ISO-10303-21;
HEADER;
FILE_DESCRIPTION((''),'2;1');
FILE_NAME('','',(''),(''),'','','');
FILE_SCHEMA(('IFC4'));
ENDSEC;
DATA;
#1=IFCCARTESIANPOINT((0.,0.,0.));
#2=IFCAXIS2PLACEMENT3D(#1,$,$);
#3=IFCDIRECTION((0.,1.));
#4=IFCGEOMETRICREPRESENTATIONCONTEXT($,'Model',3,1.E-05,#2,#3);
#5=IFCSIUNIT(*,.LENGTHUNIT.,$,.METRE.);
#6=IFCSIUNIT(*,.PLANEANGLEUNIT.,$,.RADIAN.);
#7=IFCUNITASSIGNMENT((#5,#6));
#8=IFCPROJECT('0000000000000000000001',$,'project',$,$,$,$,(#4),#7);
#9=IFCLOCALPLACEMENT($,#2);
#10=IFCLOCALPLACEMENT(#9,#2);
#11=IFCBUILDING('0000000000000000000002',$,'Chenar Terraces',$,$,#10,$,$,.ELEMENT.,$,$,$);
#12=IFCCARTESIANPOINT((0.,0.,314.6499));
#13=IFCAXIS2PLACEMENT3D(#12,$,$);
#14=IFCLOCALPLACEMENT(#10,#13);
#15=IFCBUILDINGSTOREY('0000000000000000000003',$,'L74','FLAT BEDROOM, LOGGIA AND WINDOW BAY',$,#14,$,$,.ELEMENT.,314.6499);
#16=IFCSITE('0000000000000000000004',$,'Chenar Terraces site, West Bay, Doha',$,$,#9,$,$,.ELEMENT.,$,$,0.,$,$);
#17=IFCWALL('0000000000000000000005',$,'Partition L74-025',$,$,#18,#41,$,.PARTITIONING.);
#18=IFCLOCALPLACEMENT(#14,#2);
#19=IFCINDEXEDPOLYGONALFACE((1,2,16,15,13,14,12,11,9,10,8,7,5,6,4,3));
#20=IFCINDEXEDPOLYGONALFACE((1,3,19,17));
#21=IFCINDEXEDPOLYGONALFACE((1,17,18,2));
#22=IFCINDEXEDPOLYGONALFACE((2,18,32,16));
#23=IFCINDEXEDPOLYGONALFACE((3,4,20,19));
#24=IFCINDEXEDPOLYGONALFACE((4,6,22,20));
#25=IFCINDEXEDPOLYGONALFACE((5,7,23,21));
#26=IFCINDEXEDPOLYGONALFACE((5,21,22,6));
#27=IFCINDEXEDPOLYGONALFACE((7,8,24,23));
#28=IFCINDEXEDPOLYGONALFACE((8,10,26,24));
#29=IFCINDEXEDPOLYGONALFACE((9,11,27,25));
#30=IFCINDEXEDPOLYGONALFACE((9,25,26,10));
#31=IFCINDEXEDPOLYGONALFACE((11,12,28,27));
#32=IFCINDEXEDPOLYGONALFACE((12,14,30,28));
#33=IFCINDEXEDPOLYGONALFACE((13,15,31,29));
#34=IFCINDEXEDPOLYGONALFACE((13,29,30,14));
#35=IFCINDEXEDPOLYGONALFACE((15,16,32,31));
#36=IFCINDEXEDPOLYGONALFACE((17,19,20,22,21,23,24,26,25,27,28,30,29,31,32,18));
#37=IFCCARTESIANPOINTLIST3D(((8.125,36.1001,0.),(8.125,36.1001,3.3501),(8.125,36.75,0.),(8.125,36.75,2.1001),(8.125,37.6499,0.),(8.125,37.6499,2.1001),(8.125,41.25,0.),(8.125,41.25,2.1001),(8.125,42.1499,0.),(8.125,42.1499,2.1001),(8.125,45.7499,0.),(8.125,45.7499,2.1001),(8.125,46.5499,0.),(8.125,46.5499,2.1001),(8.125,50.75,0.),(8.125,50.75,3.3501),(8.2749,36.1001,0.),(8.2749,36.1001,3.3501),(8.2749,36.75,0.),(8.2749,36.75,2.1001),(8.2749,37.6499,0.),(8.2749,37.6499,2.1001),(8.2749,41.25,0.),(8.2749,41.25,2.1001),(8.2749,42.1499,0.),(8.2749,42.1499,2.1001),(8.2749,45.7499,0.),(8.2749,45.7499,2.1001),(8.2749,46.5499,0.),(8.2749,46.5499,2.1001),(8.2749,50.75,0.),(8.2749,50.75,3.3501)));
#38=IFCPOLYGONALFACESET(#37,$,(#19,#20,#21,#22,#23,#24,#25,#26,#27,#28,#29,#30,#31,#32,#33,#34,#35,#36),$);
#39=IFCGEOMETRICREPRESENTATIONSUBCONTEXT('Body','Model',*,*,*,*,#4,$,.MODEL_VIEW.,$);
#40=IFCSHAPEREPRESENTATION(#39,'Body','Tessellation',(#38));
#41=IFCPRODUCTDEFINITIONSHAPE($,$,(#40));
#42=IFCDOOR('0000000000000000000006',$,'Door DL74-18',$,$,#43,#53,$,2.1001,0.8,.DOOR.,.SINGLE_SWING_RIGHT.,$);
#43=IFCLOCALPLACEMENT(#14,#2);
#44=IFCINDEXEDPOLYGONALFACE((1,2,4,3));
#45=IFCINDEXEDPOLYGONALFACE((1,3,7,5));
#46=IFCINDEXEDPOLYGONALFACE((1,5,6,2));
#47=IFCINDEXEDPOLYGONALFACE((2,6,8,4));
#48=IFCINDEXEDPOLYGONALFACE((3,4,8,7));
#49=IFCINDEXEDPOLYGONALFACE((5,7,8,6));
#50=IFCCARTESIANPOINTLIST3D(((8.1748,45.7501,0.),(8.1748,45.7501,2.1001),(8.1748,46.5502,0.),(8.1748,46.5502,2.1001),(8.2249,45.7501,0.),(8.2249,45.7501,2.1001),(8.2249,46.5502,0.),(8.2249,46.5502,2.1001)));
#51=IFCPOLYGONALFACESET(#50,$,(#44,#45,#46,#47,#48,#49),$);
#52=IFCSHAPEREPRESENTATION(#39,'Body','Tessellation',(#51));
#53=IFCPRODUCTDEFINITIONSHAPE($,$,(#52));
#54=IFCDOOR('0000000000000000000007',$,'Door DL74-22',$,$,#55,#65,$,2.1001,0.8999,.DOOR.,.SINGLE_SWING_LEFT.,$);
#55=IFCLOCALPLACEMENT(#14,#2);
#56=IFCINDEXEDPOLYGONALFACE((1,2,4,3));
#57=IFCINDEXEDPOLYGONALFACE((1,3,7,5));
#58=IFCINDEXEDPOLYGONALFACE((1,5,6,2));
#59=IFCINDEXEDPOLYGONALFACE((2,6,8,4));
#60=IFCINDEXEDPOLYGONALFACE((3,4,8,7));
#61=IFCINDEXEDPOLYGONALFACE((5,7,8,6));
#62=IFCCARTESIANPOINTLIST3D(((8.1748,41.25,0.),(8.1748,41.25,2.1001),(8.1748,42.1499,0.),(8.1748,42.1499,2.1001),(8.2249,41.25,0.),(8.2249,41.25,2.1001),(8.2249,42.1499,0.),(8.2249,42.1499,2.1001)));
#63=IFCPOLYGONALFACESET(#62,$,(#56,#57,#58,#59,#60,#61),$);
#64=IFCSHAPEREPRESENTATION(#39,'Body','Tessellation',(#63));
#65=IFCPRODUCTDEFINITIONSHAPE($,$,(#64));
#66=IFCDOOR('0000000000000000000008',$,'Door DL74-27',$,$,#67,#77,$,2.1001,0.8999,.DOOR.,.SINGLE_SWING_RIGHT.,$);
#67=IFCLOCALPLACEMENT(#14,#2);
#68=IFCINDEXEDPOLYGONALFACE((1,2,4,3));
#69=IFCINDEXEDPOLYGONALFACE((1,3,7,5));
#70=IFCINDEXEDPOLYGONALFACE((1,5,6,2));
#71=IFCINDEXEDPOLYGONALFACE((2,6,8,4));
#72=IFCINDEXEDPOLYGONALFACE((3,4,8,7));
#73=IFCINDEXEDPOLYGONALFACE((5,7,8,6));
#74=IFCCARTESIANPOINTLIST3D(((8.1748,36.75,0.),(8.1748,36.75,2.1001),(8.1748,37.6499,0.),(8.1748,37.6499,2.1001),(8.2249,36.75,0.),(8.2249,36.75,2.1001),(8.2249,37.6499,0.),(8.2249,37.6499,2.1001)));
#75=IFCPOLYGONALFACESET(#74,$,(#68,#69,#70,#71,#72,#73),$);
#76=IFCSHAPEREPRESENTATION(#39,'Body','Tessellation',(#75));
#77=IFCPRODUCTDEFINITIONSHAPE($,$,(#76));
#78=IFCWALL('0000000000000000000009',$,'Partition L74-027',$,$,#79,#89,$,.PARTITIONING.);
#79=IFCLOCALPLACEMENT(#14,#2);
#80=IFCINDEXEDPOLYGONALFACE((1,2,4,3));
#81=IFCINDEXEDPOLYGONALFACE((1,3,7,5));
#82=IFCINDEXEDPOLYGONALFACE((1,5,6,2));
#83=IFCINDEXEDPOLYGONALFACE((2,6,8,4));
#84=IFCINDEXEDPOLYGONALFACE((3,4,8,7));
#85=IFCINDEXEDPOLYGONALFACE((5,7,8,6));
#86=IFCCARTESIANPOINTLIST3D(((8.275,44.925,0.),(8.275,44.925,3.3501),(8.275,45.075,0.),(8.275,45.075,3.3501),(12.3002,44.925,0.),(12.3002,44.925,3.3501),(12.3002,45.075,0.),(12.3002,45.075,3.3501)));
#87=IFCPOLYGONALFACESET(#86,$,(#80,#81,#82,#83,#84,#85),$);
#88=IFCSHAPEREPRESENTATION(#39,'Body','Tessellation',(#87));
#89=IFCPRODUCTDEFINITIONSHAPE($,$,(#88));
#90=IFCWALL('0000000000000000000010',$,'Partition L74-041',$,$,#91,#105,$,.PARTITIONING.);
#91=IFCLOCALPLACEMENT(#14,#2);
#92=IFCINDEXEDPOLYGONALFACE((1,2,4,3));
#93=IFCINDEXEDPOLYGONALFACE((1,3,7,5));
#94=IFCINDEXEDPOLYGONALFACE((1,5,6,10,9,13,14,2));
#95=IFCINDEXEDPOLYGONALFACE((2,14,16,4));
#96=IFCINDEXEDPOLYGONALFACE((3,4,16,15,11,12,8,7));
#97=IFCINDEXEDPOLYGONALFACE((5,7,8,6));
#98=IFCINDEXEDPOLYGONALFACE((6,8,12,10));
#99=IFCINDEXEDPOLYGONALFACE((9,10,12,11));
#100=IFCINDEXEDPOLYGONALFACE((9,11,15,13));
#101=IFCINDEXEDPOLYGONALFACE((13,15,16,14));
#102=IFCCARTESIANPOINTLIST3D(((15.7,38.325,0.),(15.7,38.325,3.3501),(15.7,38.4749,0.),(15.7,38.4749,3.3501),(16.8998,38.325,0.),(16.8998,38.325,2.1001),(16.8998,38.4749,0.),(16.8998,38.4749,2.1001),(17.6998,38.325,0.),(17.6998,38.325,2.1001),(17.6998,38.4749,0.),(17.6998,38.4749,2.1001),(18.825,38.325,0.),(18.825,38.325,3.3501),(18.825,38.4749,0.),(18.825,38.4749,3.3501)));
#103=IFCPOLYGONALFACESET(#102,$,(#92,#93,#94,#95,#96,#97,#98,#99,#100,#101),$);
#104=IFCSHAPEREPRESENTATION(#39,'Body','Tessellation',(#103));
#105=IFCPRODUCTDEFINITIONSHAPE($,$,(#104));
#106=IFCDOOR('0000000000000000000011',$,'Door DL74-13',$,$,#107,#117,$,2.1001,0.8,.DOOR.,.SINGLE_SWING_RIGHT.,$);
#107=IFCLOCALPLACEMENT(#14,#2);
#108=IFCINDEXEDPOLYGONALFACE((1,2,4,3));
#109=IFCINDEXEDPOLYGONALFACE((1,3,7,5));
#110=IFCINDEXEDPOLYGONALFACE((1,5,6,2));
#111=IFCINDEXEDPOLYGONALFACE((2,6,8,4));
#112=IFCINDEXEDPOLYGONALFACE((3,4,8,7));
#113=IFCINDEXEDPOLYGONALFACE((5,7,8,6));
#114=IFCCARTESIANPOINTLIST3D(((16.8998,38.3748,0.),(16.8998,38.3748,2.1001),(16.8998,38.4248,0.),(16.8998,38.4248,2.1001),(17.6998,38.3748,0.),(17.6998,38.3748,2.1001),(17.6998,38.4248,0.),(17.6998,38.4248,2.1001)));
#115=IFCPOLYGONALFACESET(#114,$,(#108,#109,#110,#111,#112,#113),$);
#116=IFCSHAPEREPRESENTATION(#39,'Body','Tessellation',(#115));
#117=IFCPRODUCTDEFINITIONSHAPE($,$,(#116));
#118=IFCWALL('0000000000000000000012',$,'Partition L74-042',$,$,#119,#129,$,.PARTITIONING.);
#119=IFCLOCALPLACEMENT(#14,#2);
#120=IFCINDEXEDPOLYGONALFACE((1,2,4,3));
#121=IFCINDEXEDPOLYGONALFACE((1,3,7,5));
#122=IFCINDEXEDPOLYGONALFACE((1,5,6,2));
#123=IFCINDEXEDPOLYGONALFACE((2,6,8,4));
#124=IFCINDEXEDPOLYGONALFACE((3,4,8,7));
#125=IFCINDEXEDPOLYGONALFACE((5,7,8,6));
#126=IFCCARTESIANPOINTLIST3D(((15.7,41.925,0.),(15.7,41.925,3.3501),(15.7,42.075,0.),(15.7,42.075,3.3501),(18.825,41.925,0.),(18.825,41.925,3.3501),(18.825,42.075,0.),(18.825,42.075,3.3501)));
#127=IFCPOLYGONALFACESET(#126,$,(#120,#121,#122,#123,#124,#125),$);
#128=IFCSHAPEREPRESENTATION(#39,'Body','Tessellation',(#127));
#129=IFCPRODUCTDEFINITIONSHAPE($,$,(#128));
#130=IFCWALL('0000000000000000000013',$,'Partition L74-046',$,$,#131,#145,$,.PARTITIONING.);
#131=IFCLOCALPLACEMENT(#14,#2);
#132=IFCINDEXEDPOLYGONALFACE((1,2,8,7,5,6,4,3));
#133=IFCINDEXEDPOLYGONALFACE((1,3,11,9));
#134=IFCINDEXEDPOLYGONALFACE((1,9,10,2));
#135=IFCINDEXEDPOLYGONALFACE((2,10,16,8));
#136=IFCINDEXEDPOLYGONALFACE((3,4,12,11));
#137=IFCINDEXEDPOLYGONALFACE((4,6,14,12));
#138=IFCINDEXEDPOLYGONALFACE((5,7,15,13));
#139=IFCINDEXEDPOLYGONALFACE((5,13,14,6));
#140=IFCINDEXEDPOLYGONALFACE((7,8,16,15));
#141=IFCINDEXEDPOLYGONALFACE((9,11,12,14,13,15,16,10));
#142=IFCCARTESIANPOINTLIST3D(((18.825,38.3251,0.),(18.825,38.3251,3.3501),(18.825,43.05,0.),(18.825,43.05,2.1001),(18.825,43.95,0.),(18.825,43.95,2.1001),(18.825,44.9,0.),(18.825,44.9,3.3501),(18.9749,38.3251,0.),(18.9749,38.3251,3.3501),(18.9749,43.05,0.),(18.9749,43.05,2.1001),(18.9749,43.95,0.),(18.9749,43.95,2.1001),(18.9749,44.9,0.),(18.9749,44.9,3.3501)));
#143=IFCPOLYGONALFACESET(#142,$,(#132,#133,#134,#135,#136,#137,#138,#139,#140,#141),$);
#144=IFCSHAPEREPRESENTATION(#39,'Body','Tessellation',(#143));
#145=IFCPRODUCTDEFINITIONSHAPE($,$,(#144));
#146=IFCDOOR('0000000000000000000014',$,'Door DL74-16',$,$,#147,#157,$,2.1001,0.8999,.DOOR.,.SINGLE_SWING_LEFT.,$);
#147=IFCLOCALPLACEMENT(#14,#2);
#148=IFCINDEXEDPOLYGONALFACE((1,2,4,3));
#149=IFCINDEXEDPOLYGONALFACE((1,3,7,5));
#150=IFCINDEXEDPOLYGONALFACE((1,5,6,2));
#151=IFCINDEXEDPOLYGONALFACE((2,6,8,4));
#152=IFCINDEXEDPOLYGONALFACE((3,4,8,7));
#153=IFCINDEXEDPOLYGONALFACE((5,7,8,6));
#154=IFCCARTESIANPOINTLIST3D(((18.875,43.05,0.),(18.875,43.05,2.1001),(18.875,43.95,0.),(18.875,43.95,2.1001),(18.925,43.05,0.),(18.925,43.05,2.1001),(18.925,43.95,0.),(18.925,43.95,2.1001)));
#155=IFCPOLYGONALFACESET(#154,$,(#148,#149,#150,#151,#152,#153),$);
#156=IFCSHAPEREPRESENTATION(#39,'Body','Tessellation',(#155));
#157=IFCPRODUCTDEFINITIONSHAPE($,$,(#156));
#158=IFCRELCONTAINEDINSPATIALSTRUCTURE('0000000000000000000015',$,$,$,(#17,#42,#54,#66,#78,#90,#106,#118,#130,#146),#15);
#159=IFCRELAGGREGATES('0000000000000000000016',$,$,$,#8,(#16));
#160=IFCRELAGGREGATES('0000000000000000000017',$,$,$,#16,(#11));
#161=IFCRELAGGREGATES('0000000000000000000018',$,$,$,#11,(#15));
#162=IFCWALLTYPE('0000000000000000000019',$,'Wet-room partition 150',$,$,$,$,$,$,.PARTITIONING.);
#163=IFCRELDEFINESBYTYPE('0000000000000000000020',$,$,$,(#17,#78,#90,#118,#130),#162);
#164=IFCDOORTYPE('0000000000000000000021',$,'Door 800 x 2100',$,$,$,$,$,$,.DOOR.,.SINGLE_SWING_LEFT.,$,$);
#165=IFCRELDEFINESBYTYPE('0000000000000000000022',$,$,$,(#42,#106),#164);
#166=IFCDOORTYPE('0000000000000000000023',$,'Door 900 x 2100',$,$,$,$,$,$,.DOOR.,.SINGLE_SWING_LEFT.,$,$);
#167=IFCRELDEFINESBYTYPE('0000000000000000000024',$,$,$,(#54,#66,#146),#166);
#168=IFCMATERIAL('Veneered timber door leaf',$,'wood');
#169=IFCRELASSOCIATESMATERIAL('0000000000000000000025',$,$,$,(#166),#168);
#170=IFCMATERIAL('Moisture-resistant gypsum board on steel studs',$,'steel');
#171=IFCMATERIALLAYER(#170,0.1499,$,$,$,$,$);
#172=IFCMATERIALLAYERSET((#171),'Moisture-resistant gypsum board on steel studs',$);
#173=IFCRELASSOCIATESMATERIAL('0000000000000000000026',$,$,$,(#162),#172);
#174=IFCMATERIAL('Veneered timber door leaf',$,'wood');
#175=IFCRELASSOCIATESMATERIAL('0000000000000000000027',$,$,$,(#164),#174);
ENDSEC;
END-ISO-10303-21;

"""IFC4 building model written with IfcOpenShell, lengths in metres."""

from ifc_helpers import new_model, si_unit, direction, frame, frame_2d, origin, place, context, subcontext, project, spatial, rectangle, extrude, material, layer, layer_set, type_object, element, fill, save


model = new_model("IFC4")

# Units and contexts
model_context = context("Model", 3, precision=1e-05, world=origin(), true_north=direction((0.0, 1.0)))
body_context = subcontext(model_context, "Body", "Model", "MODEL_VIEW")
ifc_project = project(units=[si_unit("LENGTHUNIT", "METRE"), si_unit("PLANEANGLEUNIT", "RADIAN")], contexts=[model_context])

# Site, building, storey
site_placement = place(None, origin())
site = spatial("IfcSite", under=ifc_project, at=site_placement, Name="Chenar Terraces site, West Bay, Doha", CompositionType="ELEMENT", RefElevation=0.0)
building_placement = place(site_placement, origin())
building = spatial("IfcBuilding", under=site, at=building_placement, Name="Chenar Terraces", CompositionType="ELEMENT")
storey_placement = place(building_placement, frame((0.0, 0.0, 314.6499)))
storey = spatial("IfcBuildingStorey", under=building, at=storey_placement, Name="L74", Description="FLAT BEDROOM, LOGGIA AND WINDOW BAY", CompositionType="ELEMENT", Elevation=314.6499)

# Shared definitions
ifc_material_1 = material(Name="Veneered timber door leaf", Category="wood")
door_type_1 = type_object("IfcDoorType", Name="Door 900 x 2100", OperationType="SINGLE_SWING_LEFT", PredefinedType="DOOR", material=ifc_material_1)

# Shared definitions
ifc_material_2 = material(Name="Moisture-resistant gypsum board on steel studs", Category="steel")
ifc_layer_1 = layer(ifc_material_2, 0.1499)
ifc_layer_set_1 = layer_set([ifc_layer_1], Name="Moisture-resistant gypsum board on steel studs")
wall_type_1 = type_object("IfcWallType", Name="Wet-room partition 150", PredefinedType="PARTITIONING", material=ifc_layer_set_1)

# Wall, openings, doors
wall_1_placement = place(storey_placement, frame((8.2, 36.1001, 0.0), z_axis=(0.0, 0.0, 1.0), x_axis=(0.0, 1.0, 0.0)))
wall_1 = element("IfcWall", 1, at=wall_1_placement, inside=storey, type_object=wall_type_1, Name="Partition L74-025", PredefinedType="PARTITIONING", context=body_context, shape_type="SweptSolid", body=[
    extrude(rectangle(XDim=14.6499, YDim=0.1499, at=frame_2d((7.325, 0.0))), origin(), (0.0, 0.0, 1.0), 3.3501),
])
opening_1_placement = place(wall_1_placement, frame((9.6499, 0.0, 0.0)))
opening_1 = element("IfcOpeningElement", 2, at=opening_1_placement, cuts=wall_1, PredefinedType="OPENING", context=body_context, shape_type="SweptSolid", body=[
    extrude(rectangle(XDim=0.8, YDim=2.1001, at=frame_2d((0.3999, 1.05))), frame((0.0, 0.085, 0.0), z_axis=(0.0, -1.0, 0.0), x_axis=(1.0, 0.0, 0.0)), (0.0, 0.0, 1.0), 0.1699),
])
opening_2_placement = place(wall_1_placement, frame((5.1499, 0.0, 0.0)))
opening_2 = element("IfcOpeningElement", 3, at=opening_2_placement, cuts=wall_1, PredefinedType="OPENING", context=body_context, shape_type="SweptSolid", body=[
    extrude(rectangle(XDim=0.8999, YDim=2.1001, at=frame_2d((0.45, 1.05))), frame((0.0, 0.085, 0.0), z_axis=(0.0, -1.0, 0.0), x_axis=(1.0, 0.0, 0.0)), (0.0, 0.0, 1.0), 0.1699),
])
opening_3_placement = place(wall_1_placement, frame((0.6499, 0.0, 0.0)))
opening_3 = element("IfcOpeningElement", 4, at=opening_3_placement, cuts=wall_1, PredefinedType="OPENING", context=body_context, shape_type="SweptSolid", body=[
    extrude(rectangle(XDim=0.8999, YDim=2.1001, at=frame_2d((0.45, 1.05))), frame((0.0, 0.085, 0.0), z_axis=(0.0, -1.0, 0.0), x_axis=(1.0, 0.0, 0.0)), (0.0, 0.0, 1.0), 0.1699),
])
ifc_material_3 = material(Name="Veneered timber door leaf", Category="wood")
door_type_2 = type_object("IfcDoorType", Name="Door 800 x 2100", OperationType="SINGLE_SWING_LEFT", PredefinedType="DOOR", material=ifc_material_3)
door_1_placement = place(opening_1_placement, frame((0.8, 0.0, 0.0), z_axis=(0.0, 0.0, 1.0), x_axis=(-1.0, 0.0, 0.0)))
door_1 = element("IfcDoor", 5, at=door_1_placement, inside=storey, type_object=door_type_2, Name="Door DL74-18", OperationType="SINGLE_SWING_RIGHT", OverallHeight=2.1001, OverallWidth=0.8, PredefinedType="DOOR", context=body_context, shape_type="SweptSolid", body=[
    extrude(rectangle(XDim=0.8, YDim=2.1001, at=frame_2d((0.3999, 1.05))), frame((0.0, 0.0249, 0.0), z_axis=(0.0, -1.0, 0.0), x_axis=(1.0, 0.0, 0.0)), (0.0, 0.0, 1.0), 0.05),
])
fill(opening_1, door_1)
door_2_placement = place(opening_2_placement, frame((0.8999, 0.0, 0.0), z_axis=(0.0, 0.0, 1.0), x_axis=(-1.0, 0.0, 0.0)))
door_2 = element("IfcDoor", 6, at=door_2_placement, inside=storey, type_object=door_type_1, Name="Door DL74-22", OperationType="SINGLE_SWING_LEFT", OverallHeight=2.1001, OverallWidth=0.8999, PredefinedType="DOOR", context=body_context, shape_type="SweptSolid", body=[
    extrude(rectangle(XDim=0.8999, YDim=2.1001, at=frame_2d((0.45, 1.05))), frame((0.0, 0.0249, 0.0), z_axis=(0.0, -1.0, 0.0), x_axis=(1.0, 0.0, 0.0)), (0.0, 0.0, 1.0), 0.05),
])
fill(opening_2, door_2)
door_3_placement = place(opening_3_placement, frame((0.8999, 0.0, 0.0), z_axis=(0.0, 0.0, 1.0), x_axis=(-1.0, 0.0, 0.0)))
door_3 = element("IfcDoor", 7, at=door_3_placement, inside=storey, type_object=door_type_1, Name="Door DL74-27", OperationType="SINGLE_SWING_RIGHT", OverallHeight=2.1001, OverallWidth=0.8999, PredefinedType="DOOR", context=body_context, shape_type="SweptSolid", body=[
    extrude(rectangle(XDim=0.8999, YDim=2.1001, at=frame_2d((0.45, 1.05))), frame((0.0, 0.0249, 0.0), z_axis=(0.0, -1.0, 0.0), x_axis=(1.0, 0.0, 0.0)), (0.0, 0.0, 1.0), 0.05),
])
fill(opening_3, door_3)

# Wall
wall_2_placement = place(storey_placement, frame((8.2749, 45.0, 0.0), z_axis=(0.0, 0.0, 1.0), x_axis=(1.0, 0.0, 0.0)))
element("IfcWall", 8, at=wall_2_placement, inside=storey, type_object=wall_type_1, Name="Partition L74-027", PredefinedType="PARTITIONING", context=body_context, shape_type="SweptSolid", body=[
    extrude(rectangle(XDim=4.0251, YDim=0.1499, at=frame_2d((2.0127, 0.0))), origin(), (0.0, 0.0, 1.0), 3.3501),
])

# Wall, opening, door
wall_3_placement = place(storey_placement, frame((15.7, 38.3999, 0.0), z_axis=(0.0, 0.0, 1.0), x_axis=(1.0, 0.0, 0.0)))
wall_3 = element("IfcWall", 9, at=wall_3_placement, inside=storey, type_object=wall_type_1, Name="Partition L74-041", PredefinedType="PARTITIONING", context=body_context, shape_type="SweptSolid", body=[
    extrude(rectangle(XDim=3.125, YDim=0.1499, at=frame_2d((1.5625, 0.0))), origin(), (0.0, 0.0, 1.0), 3.3501),
])
opening_4_placement = place(wall_3_placement, frame((1.2, 0.0, 0.0)))
opening_4 = element("IfcOpeningElement", 10, at=opening_4_placement, cuts=wall_3, PredefinedType="OPENING", context=body_context, shape_type="SweptSolid", body=[
    extrude(rectangle(XDim=0.8, YDim=2.1001, at=frame_2d((0.3999, 1.05))), frame((0.0, 0.085, 0.0), z_axis=(0.0, -1.0, 0.0), x_axis=(1.0, 0.0, 0.0)), (0.0, 0.0, 1.0), 0.1699),
])
door_4_placement = place(opening_4_placement, origin())
door_4 = element("IfcDoor", 11, at=door_4_placement, inside=storey, type_object=door_type_2, Name="Door DL74-13", OperationType="SINGLE_SWING_RIGHT", OverallHeight=2.1001, OverallWidth=0.8, PredefinedType="DOOR", context=body_context, shape_type="SweptSolid", body=[
    extrude(rectangle(XDim=0.8, YDim=2.1001, at=frame_2d((0.3999, 1.05))), frame((0.0, 0.0249, 0.0), z_axis=(0.0, -1.0, 0.0), x_axis=(1.0, 0.0, 0.0)), (0.0, 0.0, 1.0), 0.05),
])
fill(opening_4, door_4)

# Wall
wall_4_placement = place(storey_placement, frame((15.7, 42.0, 0.0), z_axis=(0.0, 0.0, 1.0), x_axis=(1.0, 0.0, 0.0)))
element("IfcWall", 12, at=wall_4_placement, inside=storey, type_object=wall_type_1, Name="Partition L74-042", PredefinedType="PARTITIONING", context=body_context, shape_type="SweptSolid", body=[
    extrude(rectangle(XDim=3.125, YDim=0.1499, at=frame_2d((1.5625, 0.0))), origin(), (0.0, 0.0, 1.0), 3.3501),
])

# Wall, opening, door
wall_5_placement = place(storey_placement, frame((18.8999, 38.325, 0.0), z_axis=(0.0, 0.0, 1.0), x_axis=(0.0, 1.0, 0.0)))
wall_5 = element("IfcWall", 13, at=wall_5_placement, inside=storey, type_object=wall_type_1, Name="Partition L74-046", PredefinedType="PARTITIONING", context=body_context, shape_type="SweptSolid", body=[
    extrude(rectangle(XDim=6.575, YDim=0.1499, at=frame_2d((3.2876, 0.0))), origin(), (0.0, 0.0, 1.0), 3.3501),
])
opening_5_placement = place(wall_5_placement, frame((4.7251, 0.0, 0.0)))
opening_5 = element("IfcOpeningElement", 14, at=opening_5_placement, cuts=wall_5, PredefinedType="OPENING", context=body_context, shape_type="SweptSolid", body=[
    extrude(rectangle(XDim=0.8999, YDim=2.1001, at=frame_2d((0.45, 1.05))), frame((0.0, 0.085, 0.0), z_axis=(0.0, -1.0, 0.0), x_axis=(1.0, 0.0, 0.0)), (0.0, 0.0, 1.0), 0.1699),
])
door_5_placement = place(opening_5_placement, origin())
door_5 = element("IfcDoor", 15, at=door_5_placement, inside=storey, type_object=door_type_1, Name="Door DL74-16", OperationType="SINGLE_SWING_LEFT", OverallHeight=2.1001, OverallWidth=0.8999, PredefinedType="DOOR", context=body_context, shape_type="SweptSolid", body=[
    extrude(rectangle(XDim=0.8999, YDim=2.1001, at=frame_2d((0.45, 1.05))), frame((0.0, 0.0249, 0.0), z_axis=(0.0, -1.0, 0.0), x_axis=(1.0, 0.0, 0.0)), (0.0, 0.0, 1.0), 0.05),
])
fill(opening_5, door_5)

save(model, "model.ifc")
